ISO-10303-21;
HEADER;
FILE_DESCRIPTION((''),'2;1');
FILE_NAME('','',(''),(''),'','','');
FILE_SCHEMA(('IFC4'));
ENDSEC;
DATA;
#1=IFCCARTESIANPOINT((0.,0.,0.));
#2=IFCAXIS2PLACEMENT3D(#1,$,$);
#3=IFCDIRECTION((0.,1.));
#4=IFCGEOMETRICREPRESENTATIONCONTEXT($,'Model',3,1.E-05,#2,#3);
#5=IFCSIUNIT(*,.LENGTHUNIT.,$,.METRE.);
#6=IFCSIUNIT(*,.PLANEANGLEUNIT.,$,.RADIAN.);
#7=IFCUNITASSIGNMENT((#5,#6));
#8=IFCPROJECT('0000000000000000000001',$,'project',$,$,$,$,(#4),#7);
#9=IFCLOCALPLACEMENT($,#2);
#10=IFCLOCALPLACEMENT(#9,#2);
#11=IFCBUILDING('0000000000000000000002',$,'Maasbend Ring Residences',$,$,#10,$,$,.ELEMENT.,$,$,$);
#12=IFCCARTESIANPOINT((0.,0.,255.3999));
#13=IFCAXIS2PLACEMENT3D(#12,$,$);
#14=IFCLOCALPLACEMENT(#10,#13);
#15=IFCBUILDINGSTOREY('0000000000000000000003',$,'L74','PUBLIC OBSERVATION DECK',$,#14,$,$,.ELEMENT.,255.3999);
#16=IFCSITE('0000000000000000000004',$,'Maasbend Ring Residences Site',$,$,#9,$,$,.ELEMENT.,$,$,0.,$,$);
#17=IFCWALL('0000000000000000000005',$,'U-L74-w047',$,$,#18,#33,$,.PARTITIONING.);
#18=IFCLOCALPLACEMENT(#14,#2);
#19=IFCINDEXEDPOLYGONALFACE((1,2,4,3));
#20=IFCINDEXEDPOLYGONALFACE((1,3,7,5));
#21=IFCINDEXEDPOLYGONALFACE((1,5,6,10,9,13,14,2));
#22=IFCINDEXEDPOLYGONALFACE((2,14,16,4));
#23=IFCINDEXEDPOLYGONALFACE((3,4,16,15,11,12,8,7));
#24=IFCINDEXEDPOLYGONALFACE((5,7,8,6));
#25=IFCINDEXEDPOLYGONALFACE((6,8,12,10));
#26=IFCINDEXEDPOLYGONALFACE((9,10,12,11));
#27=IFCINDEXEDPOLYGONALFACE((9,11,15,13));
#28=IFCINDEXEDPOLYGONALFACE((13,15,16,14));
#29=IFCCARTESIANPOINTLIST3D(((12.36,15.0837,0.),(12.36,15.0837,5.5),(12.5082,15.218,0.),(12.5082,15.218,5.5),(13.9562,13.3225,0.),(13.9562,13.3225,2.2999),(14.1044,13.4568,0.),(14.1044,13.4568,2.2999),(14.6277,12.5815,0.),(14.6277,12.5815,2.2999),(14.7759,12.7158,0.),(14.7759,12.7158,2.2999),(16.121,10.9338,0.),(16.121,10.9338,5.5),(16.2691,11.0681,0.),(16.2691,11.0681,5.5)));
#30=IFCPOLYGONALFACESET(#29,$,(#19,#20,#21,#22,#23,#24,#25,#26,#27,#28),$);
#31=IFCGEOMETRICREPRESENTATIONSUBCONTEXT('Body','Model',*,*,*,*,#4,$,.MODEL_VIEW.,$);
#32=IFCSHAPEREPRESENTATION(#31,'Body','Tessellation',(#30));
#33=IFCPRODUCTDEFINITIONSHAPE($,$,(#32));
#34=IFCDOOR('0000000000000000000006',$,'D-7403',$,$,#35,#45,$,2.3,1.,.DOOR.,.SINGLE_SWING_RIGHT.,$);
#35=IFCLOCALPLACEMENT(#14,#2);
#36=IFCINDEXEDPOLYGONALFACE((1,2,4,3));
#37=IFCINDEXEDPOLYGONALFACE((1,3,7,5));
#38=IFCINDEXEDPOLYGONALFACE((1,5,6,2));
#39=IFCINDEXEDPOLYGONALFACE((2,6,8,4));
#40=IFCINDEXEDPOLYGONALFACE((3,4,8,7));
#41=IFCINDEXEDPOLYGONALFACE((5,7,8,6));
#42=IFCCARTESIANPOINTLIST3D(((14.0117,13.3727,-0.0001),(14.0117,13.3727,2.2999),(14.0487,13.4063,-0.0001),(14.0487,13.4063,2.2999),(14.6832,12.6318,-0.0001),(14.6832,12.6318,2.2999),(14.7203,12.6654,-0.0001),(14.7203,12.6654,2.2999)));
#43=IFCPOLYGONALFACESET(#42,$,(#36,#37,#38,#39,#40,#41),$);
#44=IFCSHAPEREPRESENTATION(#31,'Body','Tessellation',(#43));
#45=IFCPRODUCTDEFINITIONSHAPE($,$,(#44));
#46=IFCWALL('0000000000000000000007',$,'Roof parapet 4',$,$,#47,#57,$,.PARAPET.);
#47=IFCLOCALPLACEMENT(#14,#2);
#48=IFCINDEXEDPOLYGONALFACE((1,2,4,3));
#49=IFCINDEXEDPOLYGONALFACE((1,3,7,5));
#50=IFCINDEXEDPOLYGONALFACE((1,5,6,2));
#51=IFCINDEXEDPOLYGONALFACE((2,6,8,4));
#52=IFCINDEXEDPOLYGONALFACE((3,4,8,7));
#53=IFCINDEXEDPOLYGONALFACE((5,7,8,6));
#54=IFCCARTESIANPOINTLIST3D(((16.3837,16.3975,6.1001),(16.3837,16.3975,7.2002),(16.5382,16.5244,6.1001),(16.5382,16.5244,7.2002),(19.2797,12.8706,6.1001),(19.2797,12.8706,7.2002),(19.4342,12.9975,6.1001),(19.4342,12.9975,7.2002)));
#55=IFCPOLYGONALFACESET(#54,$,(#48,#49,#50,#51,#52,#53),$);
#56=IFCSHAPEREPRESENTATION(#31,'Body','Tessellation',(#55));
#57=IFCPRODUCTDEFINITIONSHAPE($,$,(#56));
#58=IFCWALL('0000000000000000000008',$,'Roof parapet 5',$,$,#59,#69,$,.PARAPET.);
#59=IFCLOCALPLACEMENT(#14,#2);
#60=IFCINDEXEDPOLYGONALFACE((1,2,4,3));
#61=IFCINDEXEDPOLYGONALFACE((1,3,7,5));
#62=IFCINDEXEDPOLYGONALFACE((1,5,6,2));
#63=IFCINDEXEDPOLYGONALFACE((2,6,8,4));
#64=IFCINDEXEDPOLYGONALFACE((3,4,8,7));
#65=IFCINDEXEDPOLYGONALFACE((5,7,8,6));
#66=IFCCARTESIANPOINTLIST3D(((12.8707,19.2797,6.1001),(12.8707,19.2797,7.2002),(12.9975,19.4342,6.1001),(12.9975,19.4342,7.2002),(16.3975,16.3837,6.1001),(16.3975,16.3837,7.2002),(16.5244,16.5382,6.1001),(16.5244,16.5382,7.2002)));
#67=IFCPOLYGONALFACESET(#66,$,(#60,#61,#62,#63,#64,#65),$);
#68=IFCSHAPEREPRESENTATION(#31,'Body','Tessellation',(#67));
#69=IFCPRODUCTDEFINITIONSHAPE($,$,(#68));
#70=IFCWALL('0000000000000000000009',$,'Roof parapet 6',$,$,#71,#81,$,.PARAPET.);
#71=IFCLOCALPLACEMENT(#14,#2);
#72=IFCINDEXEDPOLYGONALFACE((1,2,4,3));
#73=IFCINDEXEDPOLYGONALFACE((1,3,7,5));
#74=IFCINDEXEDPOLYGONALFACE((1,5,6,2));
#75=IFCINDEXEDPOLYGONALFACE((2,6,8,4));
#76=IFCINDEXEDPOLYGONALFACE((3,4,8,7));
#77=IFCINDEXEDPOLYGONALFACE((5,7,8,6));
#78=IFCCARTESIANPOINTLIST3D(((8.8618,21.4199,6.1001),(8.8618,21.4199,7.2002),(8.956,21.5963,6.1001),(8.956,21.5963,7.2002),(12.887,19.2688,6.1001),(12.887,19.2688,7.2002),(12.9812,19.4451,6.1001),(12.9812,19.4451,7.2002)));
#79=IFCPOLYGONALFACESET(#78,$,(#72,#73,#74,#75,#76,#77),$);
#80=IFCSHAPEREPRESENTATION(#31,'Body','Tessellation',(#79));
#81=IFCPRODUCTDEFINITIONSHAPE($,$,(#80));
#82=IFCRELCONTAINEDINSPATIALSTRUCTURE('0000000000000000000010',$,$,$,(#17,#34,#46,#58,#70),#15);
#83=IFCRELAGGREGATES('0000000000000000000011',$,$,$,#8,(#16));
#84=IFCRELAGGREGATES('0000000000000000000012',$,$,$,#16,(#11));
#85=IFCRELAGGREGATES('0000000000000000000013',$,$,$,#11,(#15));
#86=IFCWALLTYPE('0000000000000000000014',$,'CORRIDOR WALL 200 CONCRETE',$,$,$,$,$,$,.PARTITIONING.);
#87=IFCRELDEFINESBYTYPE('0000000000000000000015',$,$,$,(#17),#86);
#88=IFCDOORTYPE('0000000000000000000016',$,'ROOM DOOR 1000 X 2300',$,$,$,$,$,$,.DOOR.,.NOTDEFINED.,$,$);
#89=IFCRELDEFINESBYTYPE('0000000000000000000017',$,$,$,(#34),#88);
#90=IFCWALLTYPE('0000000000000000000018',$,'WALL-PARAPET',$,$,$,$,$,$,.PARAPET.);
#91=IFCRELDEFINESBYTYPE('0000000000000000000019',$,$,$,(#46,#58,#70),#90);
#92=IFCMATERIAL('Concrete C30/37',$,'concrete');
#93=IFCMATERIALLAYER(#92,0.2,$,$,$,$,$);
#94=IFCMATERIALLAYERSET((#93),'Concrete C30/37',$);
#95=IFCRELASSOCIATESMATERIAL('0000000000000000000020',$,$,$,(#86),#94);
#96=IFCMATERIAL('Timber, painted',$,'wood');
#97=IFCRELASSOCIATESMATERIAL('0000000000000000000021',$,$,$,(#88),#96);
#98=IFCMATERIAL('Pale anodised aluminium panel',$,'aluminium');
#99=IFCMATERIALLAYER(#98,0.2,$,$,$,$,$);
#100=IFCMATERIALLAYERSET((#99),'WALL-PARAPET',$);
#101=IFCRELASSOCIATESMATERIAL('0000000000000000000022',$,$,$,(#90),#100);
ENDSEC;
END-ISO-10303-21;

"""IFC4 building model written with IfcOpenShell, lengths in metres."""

from ifc_helpers import new_model, si_unit, direction, frame, frame_2d, origin, place, context, subcontext, project, spatial, rectangle, extrude, material, layer, layer_set, type_object, element, fill, save


model = new_model("IFC4")

# Units and contexts
model_context = context("Model", 3, precision=1e-05, world=origin(), true_north=direction((0.0, 1.0)))
body_context = subcontext(model_context, "Body", "Model", "MODEL_VIEW")
ifc_project = project(units=[si_unit("LENGTHUNIT", "METRE"), si_unit("PLANEANGLEUNIT", "RADIAN")], contexts=[model_context])

# Site, building, storey
site_placement = place(None, origin())
site = spatial("IfcSite", under=ifc_project, at=site_placement, Name="Maasbend Ring Residences Site", CompositionType="ELEMENT", RefElevation=0.0)
building_placement = place(site_placement, origin())
building = spatial("IfcBuilding", under=site, at=building_placement, Name="Maasbend Ring Residences", CompositionType="ELEMENT")
storey_placement = place(building_placement, frame((0.0, 0.0, 255.3999)))
storey = spatial("IfcBuildingStorey", under=building, at=storey_placement, Name="L74", Description="PUBLIC OBSERVATION DECK", CompositionType="ELEMENT", Elevation=255.3999)

# Shared definitions
ifc_material_1 = material(Name="Concrete C30/37", Category="concrete")
ifc_layer_1 = layer(ifc_material_1, 0.2)
ifc_layer_set_1 = layer_set([ifc_layer_1], Name="Concrete C30/37")
wall_type_1 = type_object("IfcWallType", Name="CORRIDOR WALL 200 CONCRETE", PredefinedType="PARTITIONING", material=ifc_layer_set_1)

# Wall, opening, door
wall_1_placement = place(storey_placement, frame((12.4341, 15.1509, 0.0), z_axis=(0.0, 0.0, 1.0), x_axis=(0.671533, -0.740975, 0.0)))
wall_1 = element("IfcWall", 1, at=wall_1_placement, inside=storey, type_object=wall_type_1, Name="U-L74-w047", PredefinedType="PARTITIONING", context=body_context, shape_type="SweptSolid", body=[
    extrude(rectangle(XDim=5.6006, YDim=0.2, at=frame_2d((2.8003, 0.0))), origin(), (0.0, 0.0, 1.0), 5.5),
])
opening_placement = place(wall_1_placement, frame((2.377, 0.0, 0.0)))
opening = element("IfcOpeningElement", 2, at=opening_placement, cuts=wall_1, PredefinedType="OPENING", context=body_context, shape_type="SweptSolid", body=[
    extrude(rectangle(XDim=1.0, YDim=2.3, at=frame_2d((0.5, 1.1499))), frame((0.0, 0.1099, 0.0), z_axis=(0.0, -1.0, 0.0), x_axis=(1.0, 0.0, 0.0)), (0.0, 0.0, 1.0), 0.22),
])
ifc_material_2 = material(Name="Timber, painted", Category="wood")
door_type = type_object("IfcDoorType", Name="ROOM DOOR 1000 X 2300", OperationType="NOTDEFINED", PredefinedType="DOOR", material=ifc_material_2)
door_placement = place(opening_placement, origin())
door = element("IfcDoor", 3, at=door_placement, inside=storey, type_object=door_type, Name="D-7403", OperationType="SINGLE_SWING_RIGHT", OverallHeight=2.3, OverallWidth=1.0, PredefinedType="DOOR", context=body_context, shape_type="SweptSolid", body=[
    extrude(rectangle(XDim=1.0, YDim=2.3, at=frame_2d((0.5, 1.1499))), frame((0.0, 0.0249, 0.0), z_axis=(0.0, -1.0, 0.0), x_axis=(1.0, 0.0, 0.0)), (0.0, 0.0, 1.0), 0.05),
])
fill(opening, door)

# Walls
ifc_material_3 = material(Name="Pale anodised aluminium panel", Category="aluminium")
ifc_layer_2 = layer(ifc_material_3, 0.2)
ifc_layer_set_2 = layer_set([ifc_layer_2], Name="WALL-PARAPET")
wall_type_2 = type_object("IfcWallType", Name="WALL-PARAPET", PredefinedType="PARAPET", material=ifc_layer_set_2)
for number, where, z_axis, x_axis, name in (
    (4, (19.3569, 12.9341, 6.1001), (0.0, 0.0, 1.0), (-0.6346, 0.772841, 0.0), "Roof parapet 4"),
    (5, (16.4609, 16.4609, 6.1001), (0.0, 0.0, 1.0), (-0.772841, 0.6346, 0.0), "Roof parapet 5"),
):
    element("IfcWall", number, at=place(storey_placement, frame(where, z_axis=z_axis, x_axis=x_axis)), inside=storey, type_object=wall_type_2, Name=name, PredefinedType="PARAPET", context=body_context, shape_type="SweptSolid", body=[
        extrude(rectangle(XDim=4.5635, YDim=0.2, at=frame_2d((2.2817, 0.0))), origin(), (0.0, 0.0, 1.0), 1.1001),
    ])
wall_2_placement = place(storey_placement, frame((12.9341, 19.3569, 6.1001), z_axis=(0.0, 0.0, 1.0), x_axis=(-0.881954, 0.471335, 0.0)))
element("IfcWall", 6, at=wall_2_placement, inside=storey, type_object=wall_type_2, Name="Roof parapet 6", PredefinedType="PARAPET", context=body_context, shape_type="SweptSolid", body=[
    extrude(rectangle(XDim=4.564, YDim=0.2, at=frame_2d((2.282, 0.0))), origin(), (0.0, 0.0, 1.0), 1.1001),
])

save(model, "model.ifc")
